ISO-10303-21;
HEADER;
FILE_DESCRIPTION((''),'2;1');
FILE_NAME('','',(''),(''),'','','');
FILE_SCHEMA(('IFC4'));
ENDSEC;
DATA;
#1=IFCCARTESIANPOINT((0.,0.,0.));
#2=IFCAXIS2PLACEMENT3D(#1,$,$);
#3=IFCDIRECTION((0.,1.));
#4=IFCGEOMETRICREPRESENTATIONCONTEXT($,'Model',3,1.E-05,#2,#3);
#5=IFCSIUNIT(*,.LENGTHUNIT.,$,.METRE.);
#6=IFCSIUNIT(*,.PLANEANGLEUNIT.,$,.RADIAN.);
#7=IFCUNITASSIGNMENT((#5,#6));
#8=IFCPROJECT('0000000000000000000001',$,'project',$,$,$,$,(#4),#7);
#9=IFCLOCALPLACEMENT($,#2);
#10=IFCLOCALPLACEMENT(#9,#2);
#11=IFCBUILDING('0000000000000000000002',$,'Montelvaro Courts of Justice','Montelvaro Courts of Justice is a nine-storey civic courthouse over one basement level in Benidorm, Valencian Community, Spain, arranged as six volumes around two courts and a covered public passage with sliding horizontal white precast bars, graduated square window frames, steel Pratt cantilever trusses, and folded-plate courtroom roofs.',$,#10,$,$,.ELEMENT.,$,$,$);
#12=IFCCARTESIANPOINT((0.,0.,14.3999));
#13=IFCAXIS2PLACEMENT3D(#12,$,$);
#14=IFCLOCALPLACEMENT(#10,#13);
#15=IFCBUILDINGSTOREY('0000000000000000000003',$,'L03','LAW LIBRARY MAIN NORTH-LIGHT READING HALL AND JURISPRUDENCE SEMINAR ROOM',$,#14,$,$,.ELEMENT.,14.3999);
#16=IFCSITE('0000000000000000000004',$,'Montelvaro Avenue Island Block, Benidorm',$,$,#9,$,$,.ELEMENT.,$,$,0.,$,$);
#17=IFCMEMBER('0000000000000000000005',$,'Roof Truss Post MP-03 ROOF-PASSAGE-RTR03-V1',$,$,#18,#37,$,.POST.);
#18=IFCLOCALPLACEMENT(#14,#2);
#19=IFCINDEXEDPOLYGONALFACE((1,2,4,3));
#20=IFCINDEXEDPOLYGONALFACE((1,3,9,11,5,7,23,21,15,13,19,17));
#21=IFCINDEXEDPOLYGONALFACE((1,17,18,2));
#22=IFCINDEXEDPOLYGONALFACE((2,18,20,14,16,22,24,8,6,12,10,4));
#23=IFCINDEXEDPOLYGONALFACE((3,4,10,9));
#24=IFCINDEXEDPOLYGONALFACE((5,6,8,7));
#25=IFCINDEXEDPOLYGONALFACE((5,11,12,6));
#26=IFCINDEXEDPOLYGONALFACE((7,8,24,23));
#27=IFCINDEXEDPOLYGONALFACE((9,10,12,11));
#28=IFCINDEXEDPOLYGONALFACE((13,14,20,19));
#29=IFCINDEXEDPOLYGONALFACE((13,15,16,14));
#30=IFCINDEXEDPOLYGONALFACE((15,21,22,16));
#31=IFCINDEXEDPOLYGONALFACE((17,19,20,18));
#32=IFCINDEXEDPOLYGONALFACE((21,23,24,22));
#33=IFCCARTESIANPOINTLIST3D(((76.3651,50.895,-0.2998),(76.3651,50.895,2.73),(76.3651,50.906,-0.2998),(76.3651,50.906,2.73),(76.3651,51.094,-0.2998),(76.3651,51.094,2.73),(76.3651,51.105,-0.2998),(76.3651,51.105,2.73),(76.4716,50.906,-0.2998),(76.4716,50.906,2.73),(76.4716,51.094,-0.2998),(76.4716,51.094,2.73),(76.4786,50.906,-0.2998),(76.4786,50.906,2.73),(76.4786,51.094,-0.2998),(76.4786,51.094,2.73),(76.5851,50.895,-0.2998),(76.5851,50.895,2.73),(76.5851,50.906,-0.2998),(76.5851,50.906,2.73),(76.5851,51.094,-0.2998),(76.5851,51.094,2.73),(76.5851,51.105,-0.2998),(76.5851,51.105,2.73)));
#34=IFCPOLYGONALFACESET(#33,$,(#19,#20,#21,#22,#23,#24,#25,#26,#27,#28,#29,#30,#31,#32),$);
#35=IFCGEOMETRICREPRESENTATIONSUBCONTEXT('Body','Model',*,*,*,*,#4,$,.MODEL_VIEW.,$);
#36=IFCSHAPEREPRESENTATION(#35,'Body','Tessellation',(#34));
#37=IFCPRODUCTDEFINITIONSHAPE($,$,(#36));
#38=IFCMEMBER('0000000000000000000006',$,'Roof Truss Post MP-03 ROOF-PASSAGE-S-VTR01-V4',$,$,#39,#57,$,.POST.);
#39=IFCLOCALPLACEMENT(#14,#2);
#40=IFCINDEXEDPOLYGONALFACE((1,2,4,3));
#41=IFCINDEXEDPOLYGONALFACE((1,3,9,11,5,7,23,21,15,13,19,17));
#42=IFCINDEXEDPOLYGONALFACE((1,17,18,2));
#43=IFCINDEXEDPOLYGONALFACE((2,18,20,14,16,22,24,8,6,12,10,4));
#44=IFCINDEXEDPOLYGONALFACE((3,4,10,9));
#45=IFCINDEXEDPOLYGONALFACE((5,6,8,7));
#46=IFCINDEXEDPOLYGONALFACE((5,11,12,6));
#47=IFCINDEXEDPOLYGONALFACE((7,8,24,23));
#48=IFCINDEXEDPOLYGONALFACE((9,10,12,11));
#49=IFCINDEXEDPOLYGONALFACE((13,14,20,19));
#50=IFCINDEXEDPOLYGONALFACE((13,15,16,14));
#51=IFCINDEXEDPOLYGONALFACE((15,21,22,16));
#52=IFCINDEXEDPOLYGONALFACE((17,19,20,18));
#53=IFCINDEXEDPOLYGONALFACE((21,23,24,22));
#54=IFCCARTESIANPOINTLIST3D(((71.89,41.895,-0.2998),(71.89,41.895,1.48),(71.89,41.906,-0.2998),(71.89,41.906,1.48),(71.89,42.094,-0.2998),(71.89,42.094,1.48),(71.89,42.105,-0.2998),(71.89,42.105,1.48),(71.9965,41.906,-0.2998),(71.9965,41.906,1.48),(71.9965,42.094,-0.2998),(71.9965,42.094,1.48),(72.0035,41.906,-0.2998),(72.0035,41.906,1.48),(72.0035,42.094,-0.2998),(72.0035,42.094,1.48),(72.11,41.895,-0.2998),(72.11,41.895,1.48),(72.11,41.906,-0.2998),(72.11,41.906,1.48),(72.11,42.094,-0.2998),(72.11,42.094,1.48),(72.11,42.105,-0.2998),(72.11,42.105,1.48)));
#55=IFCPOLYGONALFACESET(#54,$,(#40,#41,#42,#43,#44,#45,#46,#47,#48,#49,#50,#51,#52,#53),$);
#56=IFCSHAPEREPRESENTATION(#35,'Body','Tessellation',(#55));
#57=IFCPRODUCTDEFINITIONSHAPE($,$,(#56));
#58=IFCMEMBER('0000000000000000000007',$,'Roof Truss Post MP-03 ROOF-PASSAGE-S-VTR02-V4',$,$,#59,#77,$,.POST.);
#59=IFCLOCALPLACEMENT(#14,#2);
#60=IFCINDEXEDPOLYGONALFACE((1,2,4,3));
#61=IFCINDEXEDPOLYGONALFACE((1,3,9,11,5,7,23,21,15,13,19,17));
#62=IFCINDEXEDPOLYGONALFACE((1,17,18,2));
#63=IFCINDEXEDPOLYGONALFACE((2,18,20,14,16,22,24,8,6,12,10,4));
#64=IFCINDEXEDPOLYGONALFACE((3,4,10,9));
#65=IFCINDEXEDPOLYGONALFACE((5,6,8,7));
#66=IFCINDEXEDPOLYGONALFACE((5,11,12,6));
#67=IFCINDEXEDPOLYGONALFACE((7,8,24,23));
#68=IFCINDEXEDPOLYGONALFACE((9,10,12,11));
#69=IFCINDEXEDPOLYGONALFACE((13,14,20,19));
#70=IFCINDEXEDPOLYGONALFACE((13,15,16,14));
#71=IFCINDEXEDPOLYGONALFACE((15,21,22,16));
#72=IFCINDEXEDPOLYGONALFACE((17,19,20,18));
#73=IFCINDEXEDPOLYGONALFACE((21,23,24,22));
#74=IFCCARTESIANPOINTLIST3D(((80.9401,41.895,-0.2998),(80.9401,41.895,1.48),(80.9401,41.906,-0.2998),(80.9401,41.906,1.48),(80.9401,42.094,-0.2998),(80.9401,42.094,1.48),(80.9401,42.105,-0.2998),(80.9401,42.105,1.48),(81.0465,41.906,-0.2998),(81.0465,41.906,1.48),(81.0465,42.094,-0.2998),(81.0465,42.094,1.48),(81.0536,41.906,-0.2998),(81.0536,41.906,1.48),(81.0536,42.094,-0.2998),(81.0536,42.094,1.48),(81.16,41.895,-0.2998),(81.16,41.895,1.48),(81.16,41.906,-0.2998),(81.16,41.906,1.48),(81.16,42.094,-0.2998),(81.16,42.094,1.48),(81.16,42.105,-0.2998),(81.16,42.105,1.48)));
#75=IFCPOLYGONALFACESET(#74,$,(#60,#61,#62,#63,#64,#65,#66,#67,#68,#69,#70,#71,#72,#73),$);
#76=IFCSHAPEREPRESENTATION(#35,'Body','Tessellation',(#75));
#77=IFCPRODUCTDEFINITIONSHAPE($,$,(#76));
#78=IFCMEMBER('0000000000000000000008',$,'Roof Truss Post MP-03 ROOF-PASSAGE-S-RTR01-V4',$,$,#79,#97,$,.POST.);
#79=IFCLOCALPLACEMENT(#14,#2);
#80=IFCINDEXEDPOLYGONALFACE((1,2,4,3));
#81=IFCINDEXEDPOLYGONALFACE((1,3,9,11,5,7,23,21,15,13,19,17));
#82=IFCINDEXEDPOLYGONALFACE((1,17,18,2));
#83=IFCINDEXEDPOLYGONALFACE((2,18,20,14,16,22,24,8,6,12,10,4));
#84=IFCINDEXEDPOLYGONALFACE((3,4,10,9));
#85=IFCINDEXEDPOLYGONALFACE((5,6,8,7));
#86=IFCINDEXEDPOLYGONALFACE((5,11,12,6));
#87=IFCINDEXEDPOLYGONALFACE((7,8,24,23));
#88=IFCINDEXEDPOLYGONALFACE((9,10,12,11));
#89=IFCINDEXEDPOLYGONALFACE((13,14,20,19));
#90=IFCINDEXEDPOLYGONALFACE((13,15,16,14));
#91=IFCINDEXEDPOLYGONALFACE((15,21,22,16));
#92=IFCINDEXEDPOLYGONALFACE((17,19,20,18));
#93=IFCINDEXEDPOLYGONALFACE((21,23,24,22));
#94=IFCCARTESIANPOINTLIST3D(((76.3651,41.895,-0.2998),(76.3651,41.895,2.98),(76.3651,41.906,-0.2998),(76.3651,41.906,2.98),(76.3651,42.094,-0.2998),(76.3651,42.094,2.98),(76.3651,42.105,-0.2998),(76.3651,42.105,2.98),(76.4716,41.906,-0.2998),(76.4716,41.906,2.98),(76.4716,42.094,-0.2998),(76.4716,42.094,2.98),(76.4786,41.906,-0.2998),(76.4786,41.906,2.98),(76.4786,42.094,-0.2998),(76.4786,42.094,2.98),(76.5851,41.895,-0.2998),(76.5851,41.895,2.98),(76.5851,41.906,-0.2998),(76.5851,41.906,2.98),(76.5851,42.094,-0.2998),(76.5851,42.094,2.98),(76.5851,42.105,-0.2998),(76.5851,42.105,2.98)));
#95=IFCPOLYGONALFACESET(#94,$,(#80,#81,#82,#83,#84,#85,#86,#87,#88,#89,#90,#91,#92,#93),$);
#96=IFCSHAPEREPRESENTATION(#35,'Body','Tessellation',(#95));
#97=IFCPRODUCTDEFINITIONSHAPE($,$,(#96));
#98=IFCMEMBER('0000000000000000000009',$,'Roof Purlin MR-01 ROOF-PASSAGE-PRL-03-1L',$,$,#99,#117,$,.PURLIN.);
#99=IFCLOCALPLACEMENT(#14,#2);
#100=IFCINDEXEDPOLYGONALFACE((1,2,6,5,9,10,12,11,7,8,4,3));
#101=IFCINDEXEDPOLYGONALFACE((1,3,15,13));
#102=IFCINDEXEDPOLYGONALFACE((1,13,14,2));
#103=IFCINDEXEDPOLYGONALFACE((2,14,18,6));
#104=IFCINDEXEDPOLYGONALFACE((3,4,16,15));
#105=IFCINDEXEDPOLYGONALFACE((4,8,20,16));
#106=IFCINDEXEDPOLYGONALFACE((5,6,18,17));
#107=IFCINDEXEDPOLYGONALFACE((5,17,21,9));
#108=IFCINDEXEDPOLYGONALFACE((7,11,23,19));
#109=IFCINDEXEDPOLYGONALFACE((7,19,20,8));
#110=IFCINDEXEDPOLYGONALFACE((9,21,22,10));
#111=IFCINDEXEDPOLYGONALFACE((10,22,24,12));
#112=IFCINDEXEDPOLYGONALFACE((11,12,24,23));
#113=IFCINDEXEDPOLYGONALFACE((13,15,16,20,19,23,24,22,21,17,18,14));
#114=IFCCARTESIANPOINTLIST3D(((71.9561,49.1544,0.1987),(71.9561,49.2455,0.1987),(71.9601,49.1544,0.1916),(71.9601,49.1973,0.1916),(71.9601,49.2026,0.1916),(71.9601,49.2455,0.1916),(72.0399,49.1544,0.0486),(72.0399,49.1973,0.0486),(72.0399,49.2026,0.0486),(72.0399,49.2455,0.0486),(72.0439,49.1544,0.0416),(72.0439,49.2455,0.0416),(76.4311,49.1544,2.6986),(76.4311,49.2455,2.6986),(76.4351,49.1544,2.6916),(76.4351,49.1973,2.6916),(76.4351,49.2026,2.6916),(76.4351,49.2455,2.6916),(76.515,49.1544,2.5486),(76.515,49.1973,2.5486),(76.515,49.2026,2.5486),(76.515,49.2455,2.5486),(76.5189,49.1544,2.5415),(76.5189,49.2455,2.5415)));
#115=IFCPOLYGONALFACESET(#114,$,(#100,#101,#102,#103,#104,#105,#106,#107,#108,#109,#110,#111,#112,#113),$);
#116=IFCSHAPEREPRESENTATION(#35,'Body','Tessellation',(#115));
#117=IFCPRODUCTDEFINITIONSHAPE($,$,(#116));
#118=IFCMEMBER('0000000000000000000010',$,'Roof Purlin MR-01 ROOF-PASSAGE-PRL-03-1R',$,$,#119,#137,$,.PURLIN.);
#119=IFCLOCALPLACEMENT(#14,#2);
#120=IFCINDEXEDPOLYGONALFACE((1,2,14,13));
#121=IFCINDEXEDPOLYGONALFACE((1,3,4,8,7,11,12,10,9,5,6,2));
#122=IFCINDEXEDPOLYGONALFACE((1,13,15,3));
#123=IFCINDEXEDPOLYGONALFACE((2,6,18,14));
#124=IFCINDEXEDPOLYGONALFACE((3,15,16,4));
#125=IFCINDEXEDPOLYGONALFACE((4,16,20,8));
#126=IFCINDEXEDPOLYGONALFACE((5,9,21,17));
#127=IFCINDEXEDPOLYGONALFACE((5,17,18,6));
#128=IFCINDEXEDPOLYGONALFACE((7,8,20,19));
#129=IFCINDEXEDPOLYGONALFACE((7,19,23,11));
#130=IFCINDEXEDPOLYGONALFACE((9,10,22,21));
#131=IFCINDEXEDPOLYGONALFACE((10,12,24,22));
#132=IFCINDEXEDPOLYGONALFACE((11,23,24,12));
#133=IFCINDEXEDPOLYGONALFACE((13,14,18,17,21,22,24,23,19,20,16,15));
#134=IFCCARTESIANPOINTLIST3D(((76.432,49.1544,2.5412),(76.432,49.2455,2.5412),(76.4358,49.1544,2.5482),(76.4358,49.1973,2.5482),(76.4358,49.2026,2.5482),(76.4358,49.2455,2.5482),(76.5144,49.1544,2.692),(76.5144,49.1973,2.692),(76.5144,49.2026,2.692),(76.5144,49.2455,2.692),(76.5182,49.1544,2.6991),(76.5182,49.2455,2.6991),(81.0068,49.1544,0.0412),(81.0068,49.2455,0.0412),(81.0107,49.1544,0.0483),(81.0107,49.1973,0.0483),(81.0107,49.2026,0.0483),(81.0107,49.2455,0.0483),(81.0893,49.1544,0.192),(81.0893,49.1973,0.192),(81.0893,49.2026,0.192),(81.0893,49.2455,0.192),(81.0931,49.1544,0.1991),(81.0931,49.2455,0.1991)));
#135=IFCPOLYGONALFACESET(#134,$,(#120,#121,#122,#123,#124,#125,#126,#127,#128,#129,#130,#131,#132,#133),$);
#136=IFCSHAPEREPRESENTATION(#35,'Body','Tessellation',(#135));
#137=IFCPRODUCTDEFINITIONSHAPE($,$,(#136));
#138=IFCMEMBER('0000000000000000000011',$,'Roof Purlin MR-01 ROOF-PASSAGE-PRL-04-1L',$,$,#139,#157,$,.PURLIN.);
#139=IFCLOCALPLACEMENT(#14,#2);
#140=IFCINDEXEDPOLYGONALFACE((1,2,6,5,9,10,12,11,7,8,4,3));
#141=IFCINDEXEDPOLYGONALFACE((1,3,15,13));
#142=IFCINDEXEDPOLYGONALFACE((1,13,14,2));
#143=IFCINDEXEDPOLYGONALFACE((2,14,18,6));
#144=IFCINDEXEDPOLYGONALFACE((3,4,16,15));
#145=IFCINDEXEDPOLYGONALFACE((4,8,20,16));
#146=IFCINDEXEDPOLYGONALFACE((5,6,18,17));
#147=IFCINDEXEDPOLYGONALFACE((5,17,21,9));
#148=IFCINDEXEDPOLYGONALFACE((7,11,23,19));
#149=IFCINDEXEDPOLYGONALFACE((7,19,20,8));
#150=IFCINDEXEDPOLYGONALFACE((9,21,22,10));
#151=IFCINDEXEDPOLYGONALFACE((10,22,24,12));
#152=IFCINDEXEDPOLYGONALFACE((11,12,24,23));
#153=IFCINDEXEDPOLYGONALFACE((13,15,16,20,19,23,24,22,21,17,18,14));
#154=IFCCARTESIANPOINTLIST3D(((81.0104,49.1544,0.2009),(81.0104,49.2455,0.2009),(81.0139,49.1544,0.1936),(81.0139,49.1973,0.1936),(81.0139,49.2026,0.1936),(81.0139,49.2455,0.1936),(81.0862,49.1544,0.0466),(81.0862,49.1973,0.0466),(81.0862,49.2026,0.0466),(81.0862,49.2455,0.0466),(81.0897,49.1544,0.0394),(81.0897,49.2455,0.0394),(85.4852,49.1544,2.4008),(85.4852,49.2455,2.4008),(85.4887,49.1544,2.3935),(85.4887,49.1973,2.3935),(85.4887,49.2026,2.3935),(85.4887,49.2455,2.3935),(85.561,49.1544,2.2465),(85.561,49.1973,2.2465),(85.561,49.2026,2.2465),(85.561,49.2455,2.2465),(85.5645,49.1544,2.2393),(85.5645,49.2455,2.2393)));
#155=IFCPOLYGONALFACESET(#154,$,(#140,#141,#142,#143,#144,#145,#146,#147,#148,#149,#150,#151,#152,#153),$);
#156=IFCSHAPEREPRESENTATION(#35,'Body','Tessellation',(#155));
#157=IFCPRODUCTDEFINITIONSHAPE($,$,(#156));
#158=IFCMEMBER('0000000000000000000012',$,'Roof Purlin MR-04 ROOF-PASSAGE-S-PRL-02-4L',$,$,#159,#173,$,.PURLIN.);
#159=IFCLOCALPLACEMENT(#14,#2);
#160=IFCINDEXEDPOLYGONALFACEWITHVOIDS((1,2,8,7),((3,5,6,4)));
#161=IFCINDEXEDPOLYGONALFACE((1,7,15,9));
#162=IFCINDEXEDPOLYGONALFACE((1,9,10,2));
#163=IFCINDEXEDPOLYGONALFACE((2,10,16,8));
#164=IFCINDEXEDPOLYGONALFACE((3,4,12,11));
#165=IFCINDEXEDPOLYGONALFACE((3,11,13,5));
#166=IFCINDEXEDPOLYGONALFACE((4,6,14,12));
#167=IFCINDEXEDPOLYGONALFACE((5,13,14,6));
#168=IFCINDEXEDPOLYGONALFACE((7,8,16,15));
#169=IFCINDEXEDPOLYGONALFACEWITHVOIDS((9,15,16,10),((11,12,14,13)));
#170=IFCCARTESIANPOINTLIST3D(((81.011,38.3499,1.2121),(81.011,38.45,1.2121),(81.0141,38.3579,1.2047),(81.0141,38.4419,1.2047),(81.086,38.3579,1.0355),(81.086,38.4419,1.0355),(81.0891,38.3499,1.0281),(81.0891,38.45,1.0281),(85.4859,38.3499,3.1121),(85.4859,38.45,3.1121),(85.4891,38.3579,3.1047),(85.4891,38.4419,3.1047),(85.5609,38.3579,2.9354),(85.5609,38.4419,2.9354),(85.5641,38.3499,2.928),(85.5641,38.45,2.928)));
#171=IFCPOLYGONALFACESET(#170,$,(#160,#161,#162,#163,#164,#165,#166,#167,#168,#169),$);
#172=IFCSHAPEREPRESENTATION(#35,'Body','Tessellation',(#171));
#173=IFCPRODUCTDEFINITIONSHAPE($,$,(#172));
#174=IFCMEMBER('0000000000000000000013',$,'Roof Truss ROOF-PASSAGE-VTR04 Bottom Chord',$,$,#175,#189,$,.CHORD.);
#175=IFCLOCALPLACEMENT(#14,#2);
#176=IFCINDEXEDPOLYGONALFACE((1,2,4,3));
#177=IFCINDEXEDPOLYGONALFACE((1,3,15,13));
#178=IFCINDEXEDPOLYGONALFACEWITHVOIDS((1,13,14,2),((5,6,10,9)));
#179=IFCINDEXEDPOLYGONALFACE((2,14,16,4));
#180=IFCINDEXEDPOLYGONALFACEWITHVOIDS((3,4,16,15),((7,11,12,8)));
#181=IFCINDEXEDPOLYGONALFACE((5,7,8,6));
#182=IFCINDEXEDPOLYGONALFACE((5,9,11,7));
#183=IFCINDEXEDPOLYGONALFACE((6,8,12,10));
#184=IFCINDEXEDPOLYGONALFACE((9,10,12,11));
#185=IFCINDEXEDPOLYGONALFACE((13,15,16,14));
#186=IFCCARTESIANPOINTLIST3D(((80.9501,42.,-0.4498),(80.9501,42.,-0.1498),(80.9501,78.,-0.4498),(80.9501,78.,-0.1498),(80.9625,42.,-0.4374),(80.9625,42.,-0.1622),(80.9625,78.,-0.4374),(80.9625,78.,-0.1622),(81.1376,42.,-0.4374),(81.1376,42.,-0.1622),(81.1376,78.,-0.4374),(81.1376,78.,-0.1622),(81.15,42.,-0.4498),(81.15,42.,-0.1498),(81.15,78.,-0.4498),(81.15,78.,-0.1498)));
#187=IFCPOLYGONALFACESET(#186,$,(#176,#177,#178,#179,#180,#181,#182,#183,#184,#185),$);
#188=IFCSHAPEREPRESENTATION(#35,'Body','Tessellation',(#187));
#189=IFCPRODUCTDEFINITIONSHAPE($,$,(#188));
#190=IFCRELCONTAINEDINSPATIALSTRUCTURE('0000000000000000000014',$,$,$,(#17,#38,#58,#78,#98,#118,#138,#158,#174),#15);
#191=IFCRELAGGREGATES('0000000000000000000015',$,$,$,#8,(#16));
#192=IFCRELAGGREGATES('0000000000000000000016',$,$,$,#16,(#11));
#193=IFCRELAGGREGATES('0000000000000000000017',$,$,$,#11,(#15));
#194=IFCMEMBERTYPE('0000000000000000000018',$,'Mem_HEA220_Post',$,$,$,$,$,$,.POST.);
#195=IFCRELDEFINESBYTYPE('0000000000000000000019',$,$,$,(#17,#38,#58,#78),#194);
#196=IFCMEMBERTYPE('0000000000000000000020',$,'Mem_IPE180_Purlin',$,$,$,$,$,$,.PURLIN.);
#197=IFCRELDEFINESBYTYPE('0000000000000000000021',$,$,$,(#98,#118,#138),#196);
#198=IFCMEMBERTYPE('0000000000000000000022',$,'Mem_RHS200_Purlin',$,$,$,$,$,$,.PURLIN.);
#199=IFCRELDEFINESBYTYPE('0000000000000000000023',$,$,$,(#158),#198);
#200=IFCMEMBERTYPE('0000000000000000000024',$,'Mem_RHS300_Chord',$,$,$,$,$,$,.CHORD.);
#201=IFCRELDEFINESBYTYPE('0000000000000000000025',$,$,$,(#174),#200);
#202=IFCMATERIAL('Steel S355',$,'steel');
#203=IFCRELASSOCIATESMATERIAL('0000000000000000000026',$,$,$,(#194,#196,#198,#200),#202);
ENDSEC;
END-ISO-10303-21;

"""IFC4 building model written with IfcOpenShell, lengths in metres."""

from ifc_helpers import new_model, si_unit, direction, frame, origin, origin_2d, place, context, subcontext, project, spatial, hollow_rectangle, i_section, extrude, material, material_profile, profile_set, type_object, element, save


model = new_model("IFC4")

# Units and contexts
model_context = context("Model", 3, precision=1e-05, world=origin(), true_north=direction((0.0, 1.0)))
body_context = subcontext(model_context, "Body", "Model", "MODEL_VIEW")
ifc_project = project(units=[si_unit("LENGTHUNIT", "METRE"), si_unit("PLANEANGLEUNIT", "RADIAN")], contexts=[model_context])

# Site, building, storey
site_placement = place(None, origin())
site = spatial("IfcSite", under=ifc_project, at=site_placement, Name="Montelvaro Avenue Island Block, Benidorm", CompositionType="ELEMENT", RefElevation=0.0)
building_placement = place(site_placement, origin())
building = spatial("IfcBuilding", under=site, at=building_placement, Name="Montelvaro Courts of Justice", Description="Montelvaro Courts of Justice is a nine-storey civic courthouse over one basement level in Benidorm, Valencian Community, Spain, arranged as six volumes around two courts and a covered public passage with sliding horizontal white precast bars, graduated square window frames, steel Pratt cantilever trusses, and folded-plate courtroom roofs.", CompositionType="ELEMENT")
storey_placement = place(building_placement, frame((0.0, 0.0, 14.3999)))
storey = spatial("IfcBuildingStorey", under=building, at=storey_placement, Name="L03", Description="LAW LIBRARY MAIN NORTH-LIGHT READING HALL AND JURISPRUDENCE SEMINAR ROOM", CompositionType="ELEMENT", Elevation=14.3999)

# Members
ifc_material_1 = material(Name="Steel S355", Category="steel")
ifc_material_profile_1 = material_profile(ifc_material_1, i_section(OverallWidth=0.22, OverallDepth=0.21, WebThickness=0.0071, FlangeThickness=0.011, at=origin_2d()), Name="HEA 220")
ifc_profile_set_1 = profile_set([ifc_material_profile_1], Name="Steel S355")
member_type_1 = type_object("IfcMemberType", Name="Mem_HEA220_Post", PredefinedType="POST", material=ifc_profile_set_1)
member_1_placement = place(storey_placement, frame((76.4751, 51.0, -0.2998), z_axis=(0.0, 0.0, 1.0), x_axis=(1.0, 0.0, 0.0)))
element("IfcMember", 1, at=member_1_placement, inside=storey, type_object=member_type_1, Name="Roof Truss Post MP-03 ROOF-PASSAGE-RTR03-V1", PredefinedType="POST", context=body_context, shape_type="SweptSolid", body=[
    extrude(i_section(OverallWidth=0.22, OverallDepth=0.21, WebThickness=0.0071, FlangeThickness=0.011, at=origin_2d()), origin(), (0.0, 0.0, 1.0), 3.0298),
])
for number, where, z_axis, x_axis, name in (
    (2, (72.0, 42.0, -0.2998), (0.0, 0.0, 1.0), (1.0, 0.0, 0.0), "Roof Truss Post MP-03 ROOF-PASSAGE-S-VTR01-V4"),
    (3, (81.05, 42.0, -0.2998), (0.0, 0.0, 1.0), (1.0, 0.0, 0.0), "Roof Truss Post MP-03 ROOF-PASSAGE-S-VTR02-V4"),
):
    element("IfcMember", number, at=place(storey_placement, frame(where, z_axis=z_axis, x_axis=x_axis)), inside=storey, type_object=member_type_1, Name=name, PredefinedType="POST", context=body_context, shape_type="SweptSolid", body=[
        extrude(i_section(OverallWidth=0.22, OverallDepth=0.21, WebThickness=0.0071, FlangeThickness=0.011, at=origin_2d()), origin(), (0.0, 0.0, 1.0), 1.7798),
    ])
member_2_placement = place(storey_placement, frame((76.4751, 42.0, -0.2998), z_axis=(0.0, 0.0, 1.0), x_axis=(1.0, 0.0, 0.0)))
element("IfcMember", 4, at=member_2_placement, inside=storey, type_object=member_type_1, Name="Roof Truss Post MP-03 ROOF-PASSAGE-S-RTR01-V4", PredefinedType="POST", context=body_context, shape_type="SweptSolid", body=[
    extrude(i_section(OverallWidth=0.22, OverallDepth=0.21, WebThickness=0.0071, FlangeThickness=0.011, at=origin_2d()), origin(), (0.0, 0.0, 1.0), 3.2798),
])
ifc_material_profile_2 = material_profile(ifc_material_1, i_section(OverallWidth=0.0911, OverallDepth=0.1799, WebThickness=0.0054, FlangeThickness=0.0081, at=origin_2d()), Name="IPE 180")
ifc_profile_set_2 = profile_set([ifc_material_profile_2], Name="Steel S355")
member_type_2 = type_object("IfcMemberType", Name="Mem_IPE180_Purlin", PredefinedType="PURLIN", material=ifc_profile_set_2)
member_3_placement = place(storey_placement, frame((72.0, 49.2, 0.1201), z_axis=(0.873009, 0.0, 0.487704), x_axis=(0.0, 1.0, 0.0)))
element("IfcMember", 5, at=member_3_placement, inside=storey, type_object=member_type_2, Name="Roof Purlin MR-01 ROOF-PASSAGE-PRL-03-1L", PredefinedType="PURLIN", context=body_context, shape_type="SweptSolid", body=[
    extrude(i_section(OverallWidth=0.0911, OverallDepth=0.1799, WebThickness=0.0054, FlangeThickness=0.0081, at=origin_2d()), origin(), (0.0, 0.0, 1.0), 5.126),
])
member_4_placement = place(storey_placement, frame((76.4751, 49.2, 2.6201), z_axis=(0.877527, 0.0, -0.479528), x_axis=(0.0, 1.0, 0.0)))
element("IfcMember", 6, at=member_4_placement, inside=storey, type_object=member_type_2, Name="Roof Purlin MR-01 ROOF-PASSAGE-PRL-03-1R", PredefinedType="PURLIN", context=body_context, shape_type="SweptSolid", body=[
    extrude(i_section(OverallWidth=0.0911, OverallDepth=0.1799, WebThickness=0.0054, FlangeThickness=0.0081, at=origin_2d()), origin(), (0.0, 0.0, 1.0), 5.2134),
])
member_5_placement = place(storey_placement, frame((81.05, 49.2, 0.1201), z_axis=(0.897413, 0.0, 0.441191), x_axis=(0.0, 1.0, 0.0)))
element("IfcMember", 7, at=member_5_placement, inside=storey, type_object=member_type_2, Name="Roof Purlin MR-01 ROOF-PASSAGE-PRL-04-1L", PredefinedType="PURLIN", context=body_context, shape_type="SweptSolid", body=[
    extrude(i_section(OverallWidth=0.0911, OverallDepth=0.1799, WebThickness=0.0054, FlangeThickness=0.0081, at=origin_2d()), origin(), (0.0, 0.0, 1.0), 4.9863),
])
ifc_material_profile_3 = material_profile(ifc_material_1, hollow_rectangle(XDim=0.1001, YDim=0.2, WallThickness=0.0081, at=origin_2d()), Name="RHS 200x100x8")
ifc_profile_set_3 = profile_set([ifc_material_profile_3], Name="Steel S355")
member_type_3 = type_object("IfcMemberType", Name="Mem_RHS200_Purlin", PredefinedType="PURLIN", material=ifc_profile_set_3)
member_6_placement = place(storey_placement, frame((81.05, 38.3999, 1.1201), z_axis=(0.920472, 0.0, 0.390808), x_axis=(0.0, 1.0, 0.0)))
element("IfcMember", 8, at=member_6_placement, inside=storey, type_object=member_type_3, Name="Roof Purlin MR-04 ROOF-PASSAGE-S-PRL-02-4L", PredefinedType="PURLIN", context=body_context, shape_type="SweptSolid", body=[
    extrude(hollow_rectangle(XDim=0.1001, YDim=0.2, WallThickness=0.0081, at=origin_2d()), origin(), (0.0, 0.0, 1.0), 4.8616),
])
ifc_material_profile_4 = material_profile(ifc_material_1, hollow_rectangle(XDim=0.2, YDim=0.3, WallThickness=0.0125, at=origin_2d()), Name="RHS 300x200x12.5")
ifc_profile_set_4 = profile_set([ifc_material_profile_4], Name="Steel S355")
member_type_4 = type_object("IfcMemberType", Name="Mem_RHS300_Chord", PredefinedType="CHORD", material=ifc_profile_set_4)
for number, where, z_axis, x_axis, name in (
    (9, (81.05, 42.0, -0.2998), (0.0, 1.0, 0.0), (-1.0, 0.0, 0.0), "Roof Truss ROOF-PASSAGE-VTR04 Bottom Chord"),
):
    element("IfcMember", number, at=place(storey_placement, frame(where, z_axis=z_axis, x_axis=x_axis)), inside=storey, type_object=member_type_4, Name=name, PredefinedType="CHORD", context=body_context, shape_type="SweptSolid", body=[
        extrude(hollow_rectangle(XDim=0.2, YDim=0.3, WallThickness=0.0125, at=origin_2d()), origin(), (0.0, 0.0, 1.0), 36.0),
    ])

save(model, "model.ifc")
